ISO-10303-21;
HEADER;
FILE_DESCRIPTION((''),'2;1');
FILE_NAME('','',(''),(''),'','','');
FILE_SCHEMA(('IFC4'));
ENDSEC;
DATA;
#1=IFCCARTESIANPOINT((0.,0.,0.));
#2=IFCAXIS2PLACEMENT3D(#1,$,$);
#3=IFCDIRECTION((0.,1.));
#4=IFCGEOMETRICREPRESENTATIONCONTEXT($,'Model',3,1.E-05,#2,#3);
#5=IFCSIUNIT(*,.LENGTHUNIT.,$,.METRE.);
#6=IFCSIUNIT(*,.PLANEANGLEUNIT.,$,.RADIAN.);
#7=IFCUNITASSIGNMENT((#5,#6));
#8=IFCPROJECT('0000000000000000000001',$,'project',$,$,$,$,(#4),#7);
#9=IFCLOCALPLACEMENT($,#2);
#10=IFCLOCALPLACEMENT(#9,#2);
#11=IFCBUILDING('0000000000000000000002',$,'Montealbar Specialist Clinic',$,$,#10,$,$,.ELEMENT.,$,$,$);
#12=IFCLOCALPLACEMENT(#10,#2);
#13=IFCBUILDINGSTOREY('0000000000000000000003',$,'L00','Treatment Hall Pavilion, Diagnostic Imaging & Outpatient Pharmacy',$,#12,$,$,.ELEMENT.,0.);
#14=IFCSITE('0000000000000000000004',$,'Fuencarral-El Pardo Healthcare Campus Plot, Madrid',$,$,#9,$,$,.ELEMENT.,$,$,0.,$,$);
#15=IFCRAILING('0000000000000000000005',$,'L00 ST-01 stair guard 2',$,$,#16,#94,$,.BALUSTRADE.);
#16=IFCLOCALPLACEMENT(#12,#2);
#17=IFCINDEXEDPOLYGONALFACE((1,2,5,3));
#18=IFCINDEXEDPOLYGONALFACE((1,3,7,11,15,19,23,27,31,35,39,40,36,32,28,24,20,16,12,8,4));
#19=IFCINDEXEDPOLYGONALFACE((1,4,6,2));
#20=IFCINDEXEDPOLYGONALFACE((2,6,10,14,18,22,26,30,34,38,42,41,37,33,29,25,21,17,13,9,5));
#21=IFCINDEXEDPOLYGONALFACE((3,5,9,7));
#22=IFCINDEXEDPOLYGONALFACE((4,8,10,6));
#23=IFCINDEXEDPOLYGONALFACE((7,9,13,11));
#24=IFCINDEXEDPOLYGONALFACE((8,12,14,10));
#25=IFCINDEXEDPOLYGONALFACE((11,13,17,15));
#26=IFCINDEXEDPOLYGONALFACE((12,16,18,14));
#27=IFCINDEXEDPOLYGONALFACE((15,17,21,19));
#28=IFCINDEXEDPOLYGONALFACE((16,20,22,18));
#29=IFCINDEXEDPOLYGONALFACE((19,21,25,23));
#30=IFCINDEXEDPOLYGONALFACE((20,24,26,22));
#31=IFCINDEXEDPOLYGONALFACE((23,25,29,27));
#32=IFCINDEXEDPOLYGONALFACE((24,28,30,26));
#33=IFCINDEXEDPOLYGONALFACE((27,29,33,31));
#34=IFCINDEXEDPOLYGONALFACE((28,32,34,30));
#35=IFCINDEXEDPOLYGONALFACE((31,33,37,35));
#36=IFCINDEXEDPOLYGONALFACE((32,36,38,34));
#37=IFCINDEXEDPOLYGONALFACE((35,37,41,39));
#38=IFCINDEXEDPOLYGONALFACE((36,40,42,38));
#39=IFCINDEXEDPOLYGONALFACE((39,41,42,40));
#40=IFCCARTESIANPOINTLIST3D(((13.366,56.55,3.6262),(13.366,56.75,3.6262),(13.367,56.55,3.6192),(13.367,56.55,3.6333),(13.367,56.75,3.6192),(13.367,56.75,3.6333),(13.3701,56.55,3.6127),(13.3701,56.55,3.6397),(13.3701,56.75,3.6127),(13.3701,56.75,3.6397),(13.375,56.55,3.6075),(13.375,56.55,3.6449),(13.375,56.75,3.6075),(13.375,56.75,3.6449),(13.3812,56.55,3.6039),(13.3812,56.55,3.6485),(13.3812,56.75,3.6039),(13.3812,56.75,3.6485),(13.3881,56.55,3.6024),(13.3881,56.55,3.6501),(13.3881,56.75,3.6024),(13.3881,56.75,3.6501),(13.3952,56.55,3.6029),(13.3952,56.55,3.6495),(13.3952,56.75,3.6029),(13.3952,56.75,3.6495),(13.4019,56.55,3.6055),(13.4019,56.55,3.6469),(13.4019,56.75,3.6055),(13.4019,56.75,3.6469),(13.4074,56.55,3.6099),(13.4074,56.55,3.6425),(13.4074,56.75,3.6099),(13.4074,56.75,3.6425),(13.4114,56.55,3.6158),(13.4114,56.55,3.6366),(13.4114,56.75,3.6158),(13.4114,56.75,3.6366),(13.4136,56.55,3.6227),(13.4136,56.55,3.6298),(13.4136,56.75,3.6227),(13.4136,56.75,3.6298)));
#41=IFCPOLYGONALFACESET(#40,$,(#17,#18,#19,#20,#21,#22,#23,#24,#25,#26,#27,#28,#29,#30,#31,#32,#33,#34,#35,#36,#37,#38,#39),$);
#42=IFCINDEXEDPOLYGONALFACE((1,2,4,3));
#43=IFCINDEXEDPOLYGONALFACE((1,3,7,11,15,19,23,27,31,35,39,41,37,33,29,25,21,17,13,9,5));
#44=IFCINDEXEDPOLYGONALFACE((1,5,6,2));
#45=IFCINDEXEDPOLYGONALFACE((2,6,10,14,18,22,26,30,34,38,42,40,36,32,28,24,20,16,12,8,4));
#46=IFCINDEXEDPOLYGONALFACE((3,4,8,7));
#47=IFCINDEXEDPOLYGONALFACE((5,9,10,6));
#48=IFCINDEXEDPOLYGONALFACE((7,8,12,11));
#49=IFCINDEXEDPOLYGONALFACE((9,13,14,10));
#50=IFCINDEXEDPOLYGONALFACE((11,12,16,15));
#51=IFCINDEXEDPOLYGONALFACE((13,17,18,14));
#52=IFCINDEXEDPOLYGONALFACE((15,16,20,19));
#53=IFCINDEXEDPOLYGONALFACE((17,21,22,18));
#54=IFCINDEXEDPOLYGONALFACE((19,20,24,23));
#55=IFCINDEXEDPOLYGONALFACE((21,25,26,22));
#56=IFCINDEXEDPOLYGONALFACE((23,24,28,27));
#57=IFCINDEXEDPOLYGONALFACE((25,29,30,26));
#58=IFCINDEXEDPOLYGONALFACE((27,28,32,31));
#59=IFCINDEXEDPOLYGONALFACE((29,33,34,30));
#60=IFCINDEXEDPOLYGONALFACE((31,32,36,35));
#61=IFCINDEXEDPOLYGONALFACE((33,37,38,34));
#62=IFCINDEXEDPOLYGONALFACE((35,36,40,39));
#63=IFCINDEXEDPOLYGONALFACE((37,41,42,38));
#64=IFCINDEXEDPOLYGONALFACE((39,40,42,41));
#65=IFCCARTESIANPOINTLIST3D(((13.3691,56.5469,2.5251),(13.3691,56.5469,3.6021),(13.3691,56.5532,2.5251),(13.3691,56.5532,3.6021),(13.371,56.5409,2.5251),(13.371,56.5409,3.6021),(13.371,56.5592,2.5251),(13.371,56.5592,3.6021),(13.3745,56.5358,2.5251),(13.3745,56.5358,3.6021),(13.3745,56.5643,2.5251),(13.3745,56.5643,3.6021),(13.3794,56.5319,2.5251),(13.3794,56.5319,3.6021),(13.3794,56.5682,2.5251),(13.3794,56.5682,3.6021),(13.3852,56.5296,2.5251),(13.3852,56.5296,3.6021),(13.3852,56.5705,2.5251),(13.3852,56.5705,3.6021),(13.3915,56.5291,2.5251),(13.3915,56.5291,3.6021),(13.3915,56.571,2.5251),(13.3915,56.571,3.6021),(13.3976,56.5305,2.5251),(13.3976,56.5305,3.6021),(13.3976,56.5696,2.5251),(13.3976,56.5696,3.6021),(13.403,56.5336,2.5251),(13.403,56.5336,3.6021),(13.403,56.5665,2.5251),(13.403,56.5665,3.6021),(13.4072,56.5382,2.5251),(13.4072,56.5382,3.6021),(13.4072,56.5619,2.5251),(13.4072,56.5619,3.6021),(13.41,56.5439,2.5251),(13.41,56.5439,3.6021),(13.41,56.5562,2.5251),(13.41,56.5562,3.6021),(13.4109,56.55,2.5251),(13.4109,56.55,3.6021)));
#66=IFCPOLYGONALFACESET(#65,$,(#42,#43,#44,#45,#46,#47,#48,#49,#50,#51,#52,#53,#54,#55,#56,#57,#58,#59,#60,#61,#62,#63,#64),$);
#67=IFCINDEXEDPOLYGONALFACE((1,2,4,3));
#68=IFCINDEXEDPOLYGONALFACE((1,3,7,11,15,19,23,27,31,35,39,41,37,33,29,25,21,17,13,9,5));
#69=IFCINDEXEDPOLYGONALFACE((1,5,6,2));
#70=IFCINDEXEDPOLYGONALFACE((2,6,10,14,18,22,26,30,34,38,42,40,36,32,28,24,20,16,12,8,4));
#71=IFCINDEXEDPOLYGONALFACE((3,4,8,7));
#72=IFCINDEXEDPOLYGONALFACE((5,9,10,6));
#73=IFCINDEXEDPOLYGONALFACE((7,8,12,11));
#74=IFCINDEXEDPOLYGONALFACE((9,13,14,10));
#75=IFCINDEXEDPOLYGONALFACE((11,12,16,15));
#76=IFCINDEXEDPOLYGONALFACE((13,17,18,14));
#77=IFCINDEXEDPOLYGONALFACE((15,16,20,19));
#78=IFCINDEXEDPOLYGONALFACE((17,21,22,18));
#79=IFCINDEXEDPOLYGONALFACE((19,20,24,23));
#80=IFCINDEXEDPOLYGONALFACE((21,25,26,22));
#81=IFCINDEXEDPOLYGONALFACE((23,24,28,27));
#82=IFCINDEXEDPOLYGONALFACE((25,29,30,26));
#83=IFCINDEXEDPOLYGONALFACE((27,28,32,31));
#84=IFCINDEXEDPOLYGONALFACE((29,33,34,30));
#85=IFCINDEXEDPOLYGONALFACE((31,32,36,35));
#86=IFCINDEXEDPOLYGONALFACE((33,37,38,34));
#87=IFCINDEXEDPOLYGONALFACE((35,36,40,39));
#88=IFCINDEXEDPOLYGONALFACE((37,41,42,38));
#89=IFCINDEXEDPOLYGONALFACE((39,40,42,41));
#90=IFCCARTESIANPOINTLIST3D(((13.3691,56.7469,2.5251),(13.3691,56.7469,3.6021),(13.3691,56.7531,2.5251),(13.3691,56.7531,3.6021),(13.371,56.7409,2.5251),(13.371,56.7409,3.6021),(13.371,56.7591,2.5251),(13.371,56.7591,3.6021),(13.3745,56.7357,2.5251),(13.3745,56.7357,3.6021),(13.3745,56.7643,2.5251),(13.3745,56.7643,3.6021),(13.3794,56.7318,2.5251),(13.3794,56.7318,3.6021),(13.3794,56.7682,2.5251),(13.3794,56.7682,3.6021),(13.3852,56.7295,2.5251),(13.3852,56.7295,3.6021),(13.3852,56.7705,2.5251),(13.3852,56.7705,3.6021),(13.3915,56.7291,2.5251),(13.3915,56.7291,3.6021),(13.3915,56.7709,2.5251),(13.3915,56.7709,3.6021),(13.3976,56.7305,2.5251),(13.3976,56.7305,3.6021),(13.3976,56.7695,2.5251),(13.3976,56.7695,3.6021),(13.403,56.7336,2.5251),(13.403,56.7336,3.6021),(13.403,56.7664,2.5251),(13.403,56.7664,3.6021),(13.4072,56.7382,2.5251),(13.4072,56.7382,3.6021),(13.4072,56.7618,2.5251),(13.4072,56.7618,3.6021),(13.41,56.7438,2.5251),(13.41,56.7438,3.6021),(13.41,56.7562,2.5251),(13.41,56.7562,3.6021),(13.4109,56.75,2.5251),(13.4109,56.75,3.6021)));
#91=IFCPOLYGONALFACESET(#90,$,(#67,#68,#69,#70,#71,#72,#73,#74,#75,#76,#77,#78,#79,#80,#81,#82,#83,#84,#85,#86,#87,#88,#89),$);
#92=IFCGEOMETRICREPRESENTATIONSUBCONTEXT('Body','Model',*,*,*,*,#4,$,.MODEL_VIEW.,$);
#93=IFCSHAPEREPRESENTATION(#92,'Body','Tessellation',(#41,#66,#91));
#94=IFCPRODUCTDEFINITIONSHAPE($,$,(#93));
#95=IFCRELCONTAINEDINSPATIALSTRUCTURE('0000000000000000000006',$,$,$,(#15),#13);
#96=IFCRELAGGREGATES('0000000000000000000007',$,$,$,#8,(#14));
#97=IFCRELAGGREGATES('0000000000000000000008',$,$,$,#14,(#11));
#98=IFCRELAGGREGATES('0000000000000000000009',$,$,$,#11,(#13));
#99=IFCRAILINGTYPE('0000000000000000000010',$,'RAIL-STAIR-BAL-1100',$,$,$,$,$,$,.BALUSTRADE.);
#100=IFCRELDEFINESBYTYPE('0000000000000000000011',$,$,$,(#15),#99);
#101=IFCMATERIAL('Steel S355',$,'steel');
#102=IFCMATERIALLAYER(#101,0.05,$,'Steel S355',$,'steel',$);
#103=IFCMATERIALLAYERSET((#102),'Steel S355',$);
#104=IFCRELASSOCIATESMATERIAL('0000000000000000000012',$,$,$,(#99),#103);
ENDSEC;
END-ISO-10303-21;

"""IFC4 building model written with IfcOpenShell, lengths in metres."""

from ifc_helpers import new_model, si_unit, direction, frame, origin, origin_2d, place, context, subcontext, project, spatial, circle, extrude, material, layer, layer_set, type_object, element, save


model = new_model("IFC4")

# Units and contexts
model_context = context("Model", 3, precision=1e-05, world=origin(), true_north=direction((0.0, 1.0)))
body_context = subcontext(model_context, "Body", "Model", "MODEL_VIEW")
ifc_project = project(units=[si_unit("LENGTHUNIT", "METRE"), si_unit("PLANEANGLEUNIT", "RADIAN")], contexts=[model_context])

# Site, building, storey
site_placement = place(None, origin())
site = spatial("IfcSite", under=ifc_project, at=site_placement, Name="Fuencarral-El Pardo Healthcare Campus Plot, Madrid", CompositionType="ELEMENT", RefElevation=0.0)
building_placement = place(site_placement, origin())
building = spatial("IfcBuilding", under=site, at=building_placement, Name="Montealbar Specialist Clinic", CompositionType="ELEMENT")
storey_placement = place(building_placement, origin())
storey = spatial("IfcBuildingStorey", under=building, at=storey_placement, Name="L00", Description="Treatment Hall Pavilion, Diagnostic Imaging & Outpatient Pharmacy", CompositionType="ELEMENT", Elevation=0.0)

# Shared definitions
ifc_material_1 = material(Name="Steel S355", Category="steel")

# Railing
ifc_layer_1 = layer(ifc_material_1, 0.05, Name="Steel S355", Category="steel")
ifc_layer_set_1 = layer_set([ifc_layer_1], Name="Steel S355")
railing_type_1 = type_object("IfcRailingType", Name="RAIL-STAIR-BAL-1100", PredefinedType="BALUSTRADE", material=ifc_layer_set_1)
railing_1_placement = place(storey_placement, frame((13.3899, 56.55, 2.55)))
element("IfcRailing", 1, at=railing_1_placement, inside=storey, type_object=railing_type_1, Name="L00 ST-01 stair guard 2", PredefinedType="BALUSTRADE", context=body_context, shape_type="SweptSolid", body=[
    extrude(circle(Radius=0.0239, at=origin_2d()), frame((0.0, 0.0, 1.0762), z_axis=(0.0, 1.0, 0.0), x_axis=(-1.0, 0.0, 0.0)), (0.0, 0.0, 1.0), 0.2),
    extrude(circle(Radius=0.021, at=origin_2d()), frame((0.0, 0.0, -0.0249)), (0.0, 0.0, 1.0), 1.0769),
    extrude(circle(Radius=0.021, at=origin_2d()), frame((0.0, 0.2, -0.0249)), (0.0, 0.0, 1.0), 1.0769),
])

save(model, "model.ifc")
